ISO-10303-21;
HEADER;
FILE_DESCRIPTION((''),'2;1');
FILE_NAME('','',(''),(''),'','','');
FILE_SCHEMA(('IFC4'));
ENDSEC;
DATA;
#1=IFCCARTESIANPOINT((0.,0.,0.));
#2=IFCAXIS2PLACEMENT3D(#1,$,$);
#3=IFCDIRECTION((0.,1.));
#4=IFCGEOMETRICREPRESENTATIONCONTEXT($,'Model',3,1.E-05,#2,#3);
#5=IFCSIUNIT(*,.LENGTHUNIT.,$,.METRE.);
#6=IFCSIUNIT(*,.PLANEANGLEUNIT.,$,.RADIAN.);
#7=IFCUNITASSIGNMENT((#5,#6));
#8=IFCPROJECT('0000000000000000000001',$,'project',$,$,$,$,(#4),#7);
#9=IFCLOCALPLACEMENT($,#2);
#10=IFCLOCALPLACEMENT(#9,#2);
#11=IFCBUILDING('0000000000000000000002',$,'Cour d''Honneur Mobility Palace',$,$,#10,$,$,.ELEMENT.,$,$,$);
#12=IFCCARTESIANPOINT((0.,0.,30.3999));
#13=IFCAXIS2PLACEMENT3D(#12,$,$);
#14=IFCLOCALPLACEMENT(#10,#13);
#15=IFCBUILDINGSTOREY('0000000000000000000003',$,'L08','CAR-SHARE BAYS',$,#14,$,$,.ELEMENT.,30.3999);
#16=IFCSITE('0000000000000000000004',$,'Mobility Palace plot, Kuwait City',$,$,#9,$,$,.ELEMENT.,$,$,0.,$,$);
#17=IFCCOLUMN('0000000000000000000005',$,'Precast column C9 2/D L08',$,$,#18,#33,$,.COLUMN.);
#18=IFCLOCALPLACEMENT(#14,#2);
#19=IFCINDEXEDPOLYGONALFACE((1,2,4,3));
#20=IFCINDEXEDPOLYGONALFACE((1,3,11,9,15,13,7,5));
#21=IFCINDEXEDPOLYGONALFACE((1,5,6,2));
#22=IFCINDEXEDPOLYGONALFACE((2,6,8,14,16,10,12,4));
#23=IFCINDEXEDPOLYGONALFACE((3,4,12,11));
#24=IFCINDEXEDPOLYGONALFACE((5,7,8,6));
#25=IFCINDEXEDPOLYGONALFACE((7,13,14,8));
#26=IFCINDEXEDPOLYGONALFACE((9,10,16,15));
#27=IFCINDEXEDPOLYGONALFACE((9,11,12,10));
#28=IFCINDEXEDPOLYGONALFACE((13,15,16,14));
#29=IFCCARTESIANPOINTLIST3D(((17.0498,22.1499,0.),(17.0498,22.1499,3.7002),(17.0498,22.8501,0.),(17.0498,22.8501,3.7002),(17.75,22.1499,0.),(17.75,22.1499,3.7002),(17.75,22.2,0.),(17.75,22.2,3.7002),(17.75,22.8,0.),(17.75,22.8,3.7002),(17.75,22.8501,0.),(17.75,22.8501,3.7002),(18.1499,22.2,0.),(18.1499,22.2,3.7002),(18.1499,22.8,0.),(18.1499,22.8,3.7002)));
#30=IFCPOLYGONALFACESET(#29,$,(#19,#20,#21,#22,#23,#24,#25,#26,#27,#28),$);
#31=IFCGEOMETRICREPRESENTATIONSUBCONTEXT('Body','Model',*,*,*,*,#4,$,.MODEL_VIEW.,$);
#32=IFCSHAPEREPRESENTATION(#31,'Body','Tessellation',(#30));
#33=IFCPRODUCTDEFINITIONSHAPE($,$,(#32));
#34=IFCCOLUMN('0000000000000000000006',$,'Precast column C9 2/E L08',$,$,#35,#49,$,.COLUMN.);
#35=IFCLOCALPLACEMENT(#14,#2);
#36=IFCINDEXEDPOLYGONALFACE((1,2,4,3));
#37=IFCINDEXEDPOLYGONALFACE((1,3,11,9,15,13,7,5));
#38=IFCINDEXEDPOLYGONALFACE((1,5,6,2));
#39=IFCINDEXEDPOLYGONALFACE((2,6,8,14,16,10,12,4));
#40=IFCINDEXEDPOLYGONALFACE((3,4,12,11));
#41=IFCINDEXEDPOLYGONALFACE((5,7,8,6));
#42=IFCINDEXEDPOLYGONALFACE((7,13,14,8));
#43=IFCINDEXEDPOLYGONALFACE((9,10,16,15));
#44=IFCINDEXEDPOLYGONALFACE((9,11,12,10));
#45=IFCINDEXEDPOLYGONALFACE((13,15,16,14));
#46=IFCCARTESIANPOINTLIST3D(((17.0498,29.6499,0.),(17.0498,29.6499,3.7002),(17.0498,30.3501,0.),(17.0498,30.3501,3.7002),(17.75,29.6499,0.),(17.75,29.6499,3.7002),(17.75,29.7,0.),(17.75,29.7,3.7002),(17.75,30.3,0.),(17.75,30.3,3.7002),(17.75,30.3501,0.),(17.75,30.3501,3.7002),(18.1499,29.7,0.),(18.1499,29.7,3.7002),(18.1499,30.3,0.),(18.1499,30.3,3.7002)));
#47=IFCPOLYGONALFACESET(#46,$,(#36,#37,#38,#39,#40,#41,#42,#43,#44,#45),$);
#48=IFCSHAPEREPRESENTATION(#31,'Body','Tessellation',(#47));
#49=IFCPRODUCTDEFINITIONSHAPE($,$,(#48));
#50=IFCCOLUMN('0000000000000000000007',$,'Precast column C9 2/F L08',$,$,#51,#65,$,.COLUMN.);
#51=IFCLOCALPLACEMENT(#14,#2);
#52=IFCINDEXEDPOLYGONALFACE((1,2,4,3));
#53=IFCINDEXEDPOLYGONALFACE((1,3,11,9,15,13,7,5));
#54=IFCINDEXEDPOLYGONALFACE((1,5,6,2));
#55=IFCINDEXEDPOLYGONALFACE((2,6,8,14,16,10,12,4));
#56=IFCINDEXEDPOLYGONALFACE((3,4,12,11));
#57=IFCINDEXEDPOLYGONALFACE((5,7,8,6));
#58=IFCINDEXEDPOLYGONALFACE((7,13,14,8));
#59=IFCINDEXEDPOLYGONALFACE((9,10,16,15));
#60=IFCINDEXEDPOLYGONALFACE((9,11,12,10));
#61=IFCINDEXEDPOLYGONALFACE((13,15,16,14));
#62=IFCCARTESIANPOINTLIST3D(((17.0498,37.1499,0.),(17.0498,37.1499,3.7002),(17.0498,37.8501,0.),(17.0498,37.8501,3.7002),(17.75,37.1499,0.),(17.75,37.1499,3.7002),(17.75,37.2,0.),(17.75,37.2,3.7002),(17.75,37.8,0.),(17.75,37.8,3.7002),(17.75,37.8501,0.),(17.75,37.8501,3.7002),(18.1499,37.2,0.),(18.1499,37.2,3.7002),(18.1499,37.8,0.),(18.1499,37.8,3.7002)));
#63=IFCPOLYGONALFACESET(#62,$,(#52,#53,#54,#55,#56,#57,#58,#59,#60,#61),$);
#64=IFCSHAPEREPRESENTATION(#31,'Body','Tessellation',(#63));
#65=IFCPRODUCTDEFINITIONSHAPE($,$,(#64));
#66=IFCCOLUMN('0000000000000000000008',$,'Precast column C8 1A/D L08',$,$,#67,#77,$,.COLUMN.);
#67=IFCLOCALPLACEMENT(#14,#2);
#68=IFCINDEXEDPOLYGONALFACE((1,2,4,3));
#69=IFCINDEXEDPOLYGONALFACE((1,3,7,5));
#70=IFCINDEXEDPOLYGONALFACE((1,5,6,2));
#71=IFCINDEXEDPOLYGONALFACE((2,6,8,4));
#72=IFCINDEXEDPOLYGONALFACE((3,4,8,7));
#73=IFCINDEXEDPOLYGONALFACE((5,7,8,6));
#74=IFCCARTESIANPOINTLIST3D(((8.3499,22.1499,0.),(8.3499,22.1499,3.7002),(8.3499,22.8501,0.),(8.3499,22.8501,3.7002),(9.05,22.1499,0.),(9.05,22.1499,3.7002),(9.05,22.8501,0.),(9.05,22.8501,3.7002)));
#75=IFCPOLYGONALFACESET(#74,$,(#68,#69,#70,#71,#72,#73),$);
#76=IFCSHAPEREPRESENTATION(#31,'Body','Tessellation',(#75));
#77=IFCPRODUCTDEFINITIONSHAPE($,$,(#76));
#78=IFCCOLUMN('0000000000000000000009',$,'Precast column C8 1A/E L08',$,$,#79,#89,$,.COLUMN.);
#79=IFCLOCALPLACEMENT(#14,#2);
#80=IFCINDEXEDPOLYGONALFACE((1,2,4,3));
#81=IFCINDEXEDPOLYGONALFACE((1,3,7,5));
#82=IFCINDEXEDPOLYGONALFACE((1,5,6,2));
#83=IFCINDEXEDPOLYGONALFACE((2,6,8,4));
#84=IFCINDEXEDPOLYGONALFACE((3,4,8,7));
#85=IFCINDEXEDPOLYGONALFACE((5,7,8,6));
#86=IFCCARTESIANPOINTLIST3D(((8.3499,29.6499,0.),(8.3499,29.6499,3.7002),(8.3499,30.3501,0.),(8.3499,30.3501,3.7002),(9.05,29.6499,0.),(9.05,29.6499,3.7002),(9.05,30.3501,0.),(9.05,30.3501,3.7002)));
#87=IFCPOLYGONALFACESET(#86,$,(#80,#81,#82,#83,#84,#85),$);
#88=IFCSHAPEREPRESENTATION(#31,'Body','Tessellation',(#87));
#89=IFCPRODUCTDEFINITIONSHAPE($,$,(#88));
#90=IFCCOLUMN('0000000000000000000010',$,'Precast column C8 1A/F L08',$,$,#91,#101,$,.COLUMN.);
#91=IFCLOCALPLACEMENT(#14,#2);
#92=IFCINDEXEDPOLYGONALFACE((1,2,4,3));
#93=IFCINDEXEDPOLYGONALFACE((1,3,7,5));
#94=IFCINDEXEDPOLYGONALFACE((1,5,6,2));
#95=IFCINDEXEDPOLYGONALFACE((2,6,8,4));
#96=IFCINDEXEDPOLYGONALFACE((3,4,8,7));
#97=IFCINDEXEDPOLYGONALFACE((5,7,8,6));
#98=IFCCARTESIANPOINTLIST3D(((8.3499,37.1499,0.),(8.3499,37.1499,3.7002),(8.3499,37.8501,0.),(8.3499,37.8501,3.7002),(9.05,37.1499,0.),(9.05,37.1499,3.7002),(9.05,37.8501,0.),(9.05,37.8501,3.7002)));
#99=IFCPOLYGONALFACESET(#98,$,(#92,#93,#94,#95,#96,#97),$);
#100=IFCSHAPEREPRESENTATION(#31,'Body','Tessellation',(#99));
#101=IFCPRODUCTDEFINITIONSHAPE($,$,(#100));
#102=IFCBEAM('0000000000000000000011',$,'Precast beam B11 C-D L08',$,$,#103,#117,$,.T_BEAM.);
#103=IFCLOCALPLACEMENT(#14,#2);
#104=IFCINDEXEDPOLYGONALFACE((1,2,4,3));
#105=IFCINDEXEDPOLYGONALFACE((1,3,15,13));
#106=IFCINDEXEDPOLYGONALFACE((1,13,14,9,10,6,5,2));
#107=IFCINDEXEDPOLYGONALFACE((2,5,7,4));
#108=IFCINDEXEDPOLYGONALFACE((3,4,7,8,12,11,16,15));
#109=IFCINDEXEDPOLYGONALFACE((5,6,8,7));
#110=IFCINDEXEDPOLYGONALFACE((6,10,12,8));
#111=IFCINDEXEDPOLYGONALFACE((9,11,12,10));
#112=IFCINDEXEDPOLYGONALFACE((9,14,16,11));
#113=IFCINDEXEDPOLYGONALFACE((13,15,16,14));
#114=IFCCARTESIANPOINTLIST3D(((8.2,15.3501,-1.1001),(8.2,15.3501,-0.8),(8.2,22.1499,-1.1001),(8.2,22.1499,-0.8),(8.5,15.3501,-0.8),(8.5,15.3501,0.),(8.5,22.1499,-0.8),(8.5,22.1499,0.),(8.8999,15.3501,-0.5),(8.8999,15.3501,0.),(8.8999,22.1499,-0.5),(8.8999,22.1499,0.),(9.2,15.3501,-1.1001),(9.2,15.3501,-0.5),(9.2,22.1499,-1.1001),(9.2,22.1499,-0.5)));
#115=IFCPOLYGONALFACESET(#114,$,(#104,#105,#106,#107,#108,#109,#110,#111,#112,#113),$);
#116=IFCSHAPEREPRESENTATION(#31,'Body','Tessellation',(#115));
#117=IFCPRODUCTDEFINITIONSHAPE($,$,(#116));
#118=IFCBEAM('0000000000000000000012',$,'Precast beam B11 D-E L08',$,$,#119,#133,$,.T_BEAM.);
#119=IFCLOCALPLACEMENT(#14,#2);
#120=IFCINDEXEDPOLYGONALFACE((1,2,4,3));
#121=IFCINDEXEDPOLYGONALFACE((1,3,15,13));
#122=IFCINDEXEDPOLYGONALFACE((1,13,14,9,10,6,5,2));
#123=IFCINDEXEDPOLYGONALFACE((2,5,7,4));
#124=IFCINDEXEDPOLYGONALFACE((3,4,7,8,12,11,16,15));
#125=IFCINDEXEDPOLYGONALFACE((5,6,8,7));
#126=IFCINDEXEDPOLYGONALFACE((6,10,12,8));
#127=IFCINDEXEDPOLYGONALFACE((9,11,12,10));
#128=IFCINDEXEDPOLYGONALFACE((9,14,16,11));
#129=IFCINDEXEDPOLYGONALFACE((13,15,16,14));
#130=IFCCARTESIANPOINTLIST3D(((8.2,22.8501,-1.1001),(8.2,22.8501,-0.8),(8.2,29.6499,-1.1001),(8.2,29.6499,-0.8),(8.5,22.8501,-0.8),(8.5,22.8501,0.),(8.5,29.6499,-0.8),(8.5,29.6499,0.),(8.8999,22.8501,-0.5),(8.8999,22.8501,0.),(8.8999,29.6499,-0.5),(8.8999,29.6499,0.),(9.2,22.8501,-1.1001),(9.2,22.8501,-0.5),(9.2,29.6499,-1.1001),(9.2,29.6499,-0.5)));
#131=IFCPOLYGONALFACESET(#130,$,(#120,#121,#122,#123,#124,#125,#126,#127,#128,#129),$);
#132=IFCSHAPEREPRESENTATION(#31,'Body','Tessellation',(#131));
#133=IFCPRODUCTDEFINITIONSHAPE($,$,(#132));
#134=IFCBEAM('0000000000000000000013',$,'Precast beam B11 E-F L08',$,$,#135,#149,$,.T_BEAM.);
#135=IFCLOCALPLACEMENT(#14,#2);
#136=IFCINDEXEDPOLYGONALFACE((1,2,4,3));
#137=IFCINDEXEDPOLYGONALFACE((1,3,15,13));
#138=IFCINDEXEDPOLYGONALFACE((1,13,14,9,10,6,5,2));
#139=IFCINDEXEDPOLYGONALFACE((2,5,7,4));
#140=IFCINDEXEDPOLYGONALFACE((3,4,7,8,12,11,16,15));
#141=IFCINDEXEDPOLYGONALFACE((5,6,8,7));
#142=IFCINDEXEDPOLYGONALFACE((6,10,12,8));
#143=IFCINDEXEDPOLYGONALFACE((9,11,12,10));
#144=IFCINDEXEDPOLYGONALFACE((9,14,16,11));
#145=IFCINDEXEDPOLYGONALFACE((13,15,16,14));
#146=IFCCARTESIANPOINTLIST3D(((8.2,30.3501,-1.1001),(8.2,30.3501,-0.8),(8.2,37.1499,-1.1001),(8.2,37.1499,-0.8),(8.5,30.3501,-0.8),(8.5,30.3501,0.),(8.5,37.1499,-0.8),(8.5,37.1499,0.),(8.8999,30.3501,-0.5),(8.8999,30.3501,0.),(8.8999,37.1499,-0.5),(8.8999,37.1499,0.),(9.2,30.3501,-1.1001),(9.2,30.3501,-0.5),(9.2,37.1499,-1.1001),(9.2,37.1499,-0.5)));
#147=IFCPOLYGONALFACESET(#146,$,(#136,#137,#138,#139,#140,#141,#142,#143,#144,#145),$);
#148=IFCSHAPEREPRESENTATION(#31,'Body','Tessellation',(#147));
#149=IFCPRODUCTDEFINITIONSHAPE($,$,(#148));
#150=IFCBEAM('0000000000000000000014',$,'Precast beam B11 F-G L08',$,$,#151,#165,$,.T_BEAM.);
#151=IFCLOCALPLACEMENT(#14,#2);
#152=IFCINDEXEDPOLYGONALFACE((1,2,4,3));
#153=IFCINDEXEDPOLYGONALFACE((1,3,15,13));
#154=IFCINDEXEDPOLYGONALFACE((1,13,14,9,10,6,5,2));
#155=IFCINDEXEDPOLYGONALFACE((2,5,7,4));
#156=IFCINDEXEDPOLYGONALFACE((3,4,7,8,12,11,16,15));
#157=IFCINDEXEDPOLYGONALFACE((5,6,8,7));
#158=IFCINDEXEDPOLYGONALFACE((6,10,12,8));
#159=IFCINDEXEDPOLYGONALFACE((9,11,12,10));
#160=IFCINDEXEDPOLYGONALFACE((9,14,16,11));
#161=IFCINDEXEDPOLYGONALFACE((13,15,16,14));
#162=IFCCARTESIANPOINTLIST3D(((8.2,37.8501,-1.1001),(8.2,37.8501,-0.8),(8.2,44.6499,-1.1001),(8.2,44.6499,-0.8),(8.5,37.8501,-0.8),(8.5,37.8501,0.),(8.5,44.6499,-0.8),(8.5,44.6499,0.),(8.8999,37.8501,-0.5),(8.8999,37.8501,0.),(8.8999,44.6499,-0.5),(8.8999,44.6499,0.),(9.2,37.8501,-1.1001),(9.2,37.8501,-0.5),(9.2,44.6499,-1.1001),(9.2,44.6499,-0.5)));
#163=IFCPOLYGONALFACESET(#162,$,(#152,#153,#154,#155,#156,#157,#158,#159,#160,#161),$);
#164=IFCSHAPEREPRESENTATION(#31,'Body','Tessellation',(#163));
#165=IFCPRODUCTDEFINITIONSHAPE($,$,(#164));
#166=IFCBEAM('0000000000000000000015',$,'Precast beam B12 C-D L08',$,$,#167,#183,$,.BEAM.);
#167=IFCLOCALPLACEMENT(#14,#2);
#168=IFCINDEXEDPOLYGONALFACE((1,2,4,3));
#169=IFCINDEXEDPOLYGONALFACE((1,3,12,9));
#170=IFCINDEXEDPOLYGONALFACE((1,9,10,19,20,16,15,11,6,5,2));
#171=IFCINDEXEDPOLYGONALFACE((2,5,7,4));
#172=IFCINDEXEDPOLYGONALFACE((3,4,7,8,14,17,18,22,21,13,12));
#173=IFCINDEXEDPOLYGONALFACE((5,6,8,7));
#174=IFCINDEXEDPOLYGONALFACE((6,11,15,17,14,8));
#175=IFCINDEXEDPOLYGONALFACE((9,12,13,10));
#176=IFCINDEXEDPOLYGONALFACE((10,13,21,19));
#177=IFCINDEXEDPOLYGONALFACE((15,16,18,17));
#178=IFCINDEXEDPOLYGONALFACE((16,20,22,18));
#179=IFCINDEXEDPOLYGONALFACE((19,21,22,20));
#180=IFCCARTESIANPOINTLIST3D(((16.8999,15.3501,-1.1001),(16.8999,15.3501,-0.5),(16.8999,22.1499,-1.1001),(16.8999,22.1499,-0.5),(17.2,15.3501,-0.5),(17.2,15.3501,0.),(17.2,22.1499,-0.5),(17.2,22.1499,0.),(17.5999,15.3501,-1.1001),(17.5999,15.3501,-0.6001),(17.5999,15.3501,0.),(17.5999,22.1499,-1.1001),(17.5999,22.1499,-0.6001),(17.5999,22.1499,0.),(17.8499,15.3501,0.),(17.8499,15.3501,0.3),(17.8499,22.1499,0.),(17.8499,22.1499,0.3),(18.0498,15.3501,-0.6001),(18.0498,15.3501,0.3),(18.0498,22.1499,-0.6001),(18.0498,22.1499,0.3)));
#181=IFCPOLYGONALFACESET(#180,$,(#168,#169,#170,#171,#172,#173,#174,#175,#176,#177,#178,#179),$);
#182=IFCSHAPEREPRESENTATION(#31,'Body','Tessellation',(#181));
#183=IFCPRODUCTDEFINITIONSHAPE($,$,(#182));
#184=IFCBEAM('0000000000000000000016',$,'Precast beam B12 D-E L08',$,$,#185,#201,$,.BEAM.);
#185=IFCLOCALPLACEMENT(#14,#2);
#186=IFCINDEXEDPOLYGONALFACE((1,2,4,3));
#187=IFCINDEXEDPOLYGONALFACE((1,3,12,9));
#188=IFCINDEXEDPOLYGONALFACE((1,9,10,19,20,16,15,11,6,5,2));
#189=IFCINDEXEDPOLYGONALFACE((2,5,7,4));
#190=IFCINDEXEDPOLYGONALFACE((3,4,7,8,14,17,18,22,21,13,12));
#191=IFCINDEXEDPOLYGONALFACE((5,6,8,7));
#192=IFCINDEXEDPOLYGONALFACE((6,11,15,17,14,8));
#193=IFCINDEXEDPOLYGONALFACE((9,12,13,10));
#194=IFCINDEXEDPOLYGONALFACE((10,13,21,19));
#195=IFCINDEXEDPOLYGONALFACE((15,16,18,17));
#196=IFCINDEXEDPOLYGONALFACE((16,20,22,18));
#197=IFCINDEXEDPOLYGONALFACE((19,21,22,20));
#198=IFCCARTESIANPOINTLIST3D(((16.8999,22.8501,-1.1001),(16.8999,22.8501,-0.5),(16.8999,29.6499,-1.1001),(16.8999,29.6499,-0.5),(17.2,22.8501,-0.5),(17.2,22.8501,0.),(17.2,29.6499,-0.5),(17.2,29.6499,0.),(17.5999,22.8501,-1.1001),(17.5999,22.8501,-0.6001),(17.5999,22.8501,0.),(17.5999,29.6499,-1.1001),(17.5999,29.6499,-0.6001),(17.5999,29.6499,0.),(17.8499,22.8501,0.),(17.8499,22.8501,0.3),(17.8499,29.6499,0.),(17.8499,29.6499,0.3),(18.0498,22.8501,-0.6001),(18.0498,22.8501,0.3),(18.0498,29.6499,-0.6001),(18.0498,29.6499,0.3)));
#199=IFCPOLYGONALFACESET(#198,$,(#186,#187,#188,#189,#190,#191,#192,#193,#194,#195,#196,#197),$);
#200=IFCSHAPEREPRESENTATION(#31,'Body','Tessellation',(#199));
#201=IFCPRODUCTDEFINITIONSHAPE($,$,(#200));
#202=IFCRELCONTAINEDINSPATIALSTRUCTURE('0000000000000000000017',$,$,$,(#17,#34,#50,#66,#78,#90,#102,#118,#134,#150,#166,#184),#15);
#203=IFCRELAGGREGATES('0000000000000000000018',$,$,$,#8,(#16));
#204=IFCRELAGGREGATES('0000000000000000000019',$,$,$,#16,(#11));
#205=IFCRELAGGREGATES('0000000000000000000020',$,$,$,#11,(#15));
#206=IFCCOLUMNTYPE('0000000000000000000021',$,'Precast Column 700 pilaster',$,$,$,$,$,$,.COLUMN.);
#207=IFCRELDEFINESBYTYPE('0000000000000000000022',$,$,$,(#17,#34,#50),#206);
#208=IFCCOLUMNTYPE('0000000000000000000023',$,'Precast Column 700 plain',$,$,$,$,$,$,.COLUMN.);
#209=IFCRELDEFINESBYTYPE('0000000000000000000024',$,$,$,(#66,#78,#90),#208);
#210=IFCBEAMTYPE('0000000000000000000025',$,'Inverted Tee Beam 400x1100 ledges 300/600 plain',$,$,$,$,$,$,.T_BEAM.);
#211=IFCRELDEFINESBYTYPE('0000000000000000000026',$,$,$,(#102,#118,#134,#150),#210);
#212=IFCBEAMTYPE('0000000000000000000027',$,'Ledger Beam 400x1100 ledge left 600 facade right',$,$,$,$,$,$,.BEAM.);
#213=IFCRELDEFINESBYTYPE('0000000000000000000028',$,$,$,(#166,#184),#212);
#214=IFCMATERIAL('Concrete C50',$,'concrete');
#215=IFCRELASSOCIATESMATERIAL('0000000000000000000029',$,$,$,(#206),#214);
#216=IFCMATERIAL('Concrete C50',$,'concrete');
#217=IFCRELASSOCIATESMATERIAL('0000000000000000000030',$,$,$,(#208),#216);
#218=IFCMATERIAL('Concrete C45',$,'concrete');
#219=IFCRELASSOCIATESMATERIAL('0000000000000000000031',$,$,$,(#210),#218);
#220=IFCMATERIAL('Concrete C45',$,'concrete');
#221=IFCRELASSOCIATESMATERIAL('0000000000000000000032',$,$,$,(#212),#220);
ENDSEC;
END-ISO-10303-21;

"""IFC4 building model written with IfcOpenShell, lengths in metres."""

from ifc_helpers import new_model, si_unit, direction, frame, origin, place, context, subcontext, project, spatial, polyline, outline, extrude, material, material_profile, profile_set, type_object, element, save


model = new_model("IFC4")

# Units and contexts
model_context = context("Model", 3, precision=1e-05, world=origin(), true_north=direction((0.0, 1.0)))
body_context = subcontext(model_context, "Body", "Model", "MODEL_VIEW")
ifc_project = project(units=[si_unit("LENGTHUNIT", "METRE"), si_unit("PLANEANGLEUNIT", "RADIAN")], contexts=[model_context])

# Site, building, storey
site_placement = place(None, origin())
site = spatial("IfcSite", under=ifc_project, at=site_placement, Name="Mobility Palace plot, Kuwait City", CompositionType="ELEMENT", RefElevation=0.0)
building_placement = place(site_placement, origin())
building = spatial("IfcBuilding", under=site, at=building_placement, Name="Cour d'Honneur Mobility Palace", CompositionType="ELEMENT")
storey_placement = place(building_placement, frame((0.0, 0.0, 30.3999)))
storey = spatial("IfcBuildingStorey", under=building, at=storey_placement, Name="L08", Description="CAR-SHARE BAYS", CompositionType="ELEMENT", Elevation=30.3999)

# Columns
ifc_material_1 = material(Name="Concrete C50", Category="concrete")
ifc_material_profile_1 = material_profile(ifc_material_1, outline(polyline([(-0.3501, -0.3501), (0.3501, -0.3501), (0.3501, -0.3), (0.75, -0.3), (0.75, 0.3), (0.3501, 0.3), (0.3501, 0.3501), (-0.3501, 0.3501), (-0.3501, -0.3501)])), Name="PC C700 pilaster")
ifc_profile_set_1 = profile_set([ifc_material_profile_1], Name="Concrete C50")
column_type_1 = type_object("IfcColumnType", Name="Precast Column 700 pilaster", PredefinedType="COLUMN", material=ifc_profile_set_1)
for number, where, z_axis, x_axis, name in (
    (1, (17.3999, 22.5, 0.0), (0.0, 0.0, 1.0), (1.0, 0.0, 0.0), "Precast column C9 2/D L08"),
    (2, (17.3999, 30.0, 0.0), (0.0, 0.0, 1.0), (1.0, 0.0, 0.0), "Precast column C9 2/E L08"),
    (3, (17.3999, 37.5, 0.0), (0.0, 0.0, 1.0), (1.0, 0.0, 0.0), "Precast column C9 2/F L08"),
):
    element("IfcColumn", number, at=place(storey_placement, frame(where, z_axis=z_axis, x_axis=x_axis)), inside=storey, type_object=column_type_1, Name=name, PredefinedType="COLUMN", context=body_context, shape_type="SweptSolid", body=[
        extrude(outline(polyline([(-0.3501, -0.3501), (0.3501, -0.3501), (0.3501, -0.3), (0.75, -0.3), (0.75, 0.3), (0.3501, 0.3), (0.3501, 0.3501), (-0.3501, 0.3501), (-0.3501, -0.3501)])), origin(), (0.0, 0.0, 1.0), 3.7002),
    ])
ifc_material_2 = material(Name="Concrete C50", Category="concrete")
ifc_material_profile_2 = material_profile(ifc_material_2, outline(polyline([(-0.3501, -0.3501), (0.3501, -0.3501), (0.3501, 0.3501), (-0.3501, 0.3501), (-0.3501, -0.3501)])), Name="PC C700 plain")
ifc_profile_set_2 = profile_set([ifc_material_profile_2], Name="Concrete C50")
column_type_2 = type_object("IfcColumnType", Name="Precast Column 700 plain", PredefinedType="COLUMN", material=ifc_profile_set_2)
for number, where, z_axis, x_axis, name in (
    (4, (8.7, 22.5, 0.0), (0.0, 0.0, 1.0), (1.0, 0.0, 0.0), "Precast column C8 1A/D L08"),
    (5, (8.7, 30.0, 0.0), (0.0, 0.0, 1.0), (1.0, 0.0, 0.0), "Precast column C8 1A/E L08"),
    (6, (8.7, 37.5, 0.0), (0.0, 0.0, 1.0), (1.0, 0.0, 0.0), "Precast column C8 1A/F L08"),
):
    element("IfcColumn", number, at=place(storey_placement, frame(where, z_axis=z_axis, x_axis=x_axis)), inside=storey, type_object=column_type_2, Name=name, PredefinedType="COLUMN", context=body_context, shape_type="SweptSolid", body=[
        extrude(outline(polyline([(-0.3501, -0.3501), (0.3501, -0.3501), (0.3501, 0.3501), (-0.3501, 0.3501), (-0.3501, -0.3501)])), origin(), (0.0, 0.0, 1.0), 3.7002),
    ])

# Beams
ifc_material_3 = material(Name="Concrete C45", Category="concrete")
ifc_material_profile_3 = material_profile(ifc_material_3, outline(polyline([(0.5, -1.1001), (0.5, -0.8), (0.2, -0.8), (0.2, 0.0), (-0.2, 0.0), (-0.2, -0.5), (-0.5, -0.5), (-0.5, -1.1001), (0.5, -1.1001)])), Name="Inverted Tee Beam 400x1100 ledges 300/600 plain")
ifc_profile_set_3 = profile_set([ifc_material_profile_3], Name="Concrete C45")
beam_type_1 = type_object("IfcBeamType", Name="Inverted Tee Beam 400x1100 ledges 300/600 plain", PredefinedType="T_BEAM", material=ifc_profile_set_3)
for number, where, z_axis, x_axis, name in (
    (7, (8.7, 15.3501, 0.0), (0.0, 1.0, 0.0), (-1.0, 0.0, 0.0), "Precast beam B11 C-D L08"),
    (8, (8.7, 22.8501, 0.0), (0.0, 1.0, 0.0), (-1.0, 0.0, 0.0), "Precast beam B11 D-E L08"),
    (9, (8.7, 30.3501, 0.0), (0.0, 1.0, 0.0), (-1.0, 0.0, 0.0), "Precast beam B11 E-F L08"),
    (10, (8.7, 37.8501, 0.0), (0.0, 1.0, 0.0), (-1.0, 0.0, 0.0), "Precast beam B11 F-G L08"),
):
    element("IfcBeam", number, at=place(storey_placement, frame(where, z_axis=z_axis, x_axis=x_axis)), inside=storey, type_object=beam_type_1, Name=name, PredefinedType="T_BEAM", context=body_context, shape_type="SweptSolid", body=[
        extrude(outline(polyline([(0.5, -1.1001), (0.5, -0.8), (0.2, -0.8), (0.2, 0.0), (-0.2, 0.0), (-0.2, -0.5), (-0.5, -0.5), (-0.5, -1.1001), (0.5, -1.1001)])), origin(), (0.0, 0.0, 1.0), 6.7998),
    ])
ifc_material_4 = material(Name="Concrete C45", Category="concrete")
ifc_material_profile_4 = material_profile(ifc_material_4, outline(polyline([(0.5, -1.1001), (0.5, -0.5), (0.2, -0.5), (0.2, 0.0), (-0.2, 0.0), (-0.45, 0.0), (-0.45, 0.3), (-0.6499, 0.3), (-0.6499, -0.6001), (-0.2, -0.6001), (-0.2, -1.1001), (0.5, -1.1001)])), Name="Ledger Beam 400x1100 ledge left 600 facade right")
ifc_profile_set_4 = profile_set([ifc_material_profile_4], Name="Concrete C45")
beam_type_2 = type_object("IfcBeamType", Name="Ledger Beam 400x1100 ledge left 600 facade right", PredefinedType="BEAM", material=ifc_profile_set_4)
for number, where, z_axis, x_axis, name in (
    (11, (17.3999, 15.3501, 0.0), (0.0, 1.0, 0.0), (-1.0, 0.0, 0.0), "Precast beam B12 C-D L08"),
    (12, (17.3999, 22.8501, 0.0), (0.0, 1.0, 0.0), (-1.0, 0.0, 0.0), "Precast beam B12 D-E L08"),
):
    element("IfcBeam", number, at=place(storey_placement, frame(where, z_axis=z_axis, x_axis=x_axis)), inside=storey, type_object=beam_type_2, Name=name, PredefinedType="BEAM", context=body_context, shape_type="SweptSolid", body=[
        extrude(outline(polyline([(0.5, -1.1001), (0.5, -0.5), (0.2, -0.5), (0.2, 0.0), (-0.2, 0.0), (-0.45, 0.0), (-0.45, 0.3), (-0.6499, 0.3), (-0.6499, -0.6001), (-0.2, -0.6001), (-0.2, -1.1001), (0.5, -1.1001)])), origin(), (0.0, 0.0, 1.0), 6.7998),
    ])

save(model, "model.ifc")
